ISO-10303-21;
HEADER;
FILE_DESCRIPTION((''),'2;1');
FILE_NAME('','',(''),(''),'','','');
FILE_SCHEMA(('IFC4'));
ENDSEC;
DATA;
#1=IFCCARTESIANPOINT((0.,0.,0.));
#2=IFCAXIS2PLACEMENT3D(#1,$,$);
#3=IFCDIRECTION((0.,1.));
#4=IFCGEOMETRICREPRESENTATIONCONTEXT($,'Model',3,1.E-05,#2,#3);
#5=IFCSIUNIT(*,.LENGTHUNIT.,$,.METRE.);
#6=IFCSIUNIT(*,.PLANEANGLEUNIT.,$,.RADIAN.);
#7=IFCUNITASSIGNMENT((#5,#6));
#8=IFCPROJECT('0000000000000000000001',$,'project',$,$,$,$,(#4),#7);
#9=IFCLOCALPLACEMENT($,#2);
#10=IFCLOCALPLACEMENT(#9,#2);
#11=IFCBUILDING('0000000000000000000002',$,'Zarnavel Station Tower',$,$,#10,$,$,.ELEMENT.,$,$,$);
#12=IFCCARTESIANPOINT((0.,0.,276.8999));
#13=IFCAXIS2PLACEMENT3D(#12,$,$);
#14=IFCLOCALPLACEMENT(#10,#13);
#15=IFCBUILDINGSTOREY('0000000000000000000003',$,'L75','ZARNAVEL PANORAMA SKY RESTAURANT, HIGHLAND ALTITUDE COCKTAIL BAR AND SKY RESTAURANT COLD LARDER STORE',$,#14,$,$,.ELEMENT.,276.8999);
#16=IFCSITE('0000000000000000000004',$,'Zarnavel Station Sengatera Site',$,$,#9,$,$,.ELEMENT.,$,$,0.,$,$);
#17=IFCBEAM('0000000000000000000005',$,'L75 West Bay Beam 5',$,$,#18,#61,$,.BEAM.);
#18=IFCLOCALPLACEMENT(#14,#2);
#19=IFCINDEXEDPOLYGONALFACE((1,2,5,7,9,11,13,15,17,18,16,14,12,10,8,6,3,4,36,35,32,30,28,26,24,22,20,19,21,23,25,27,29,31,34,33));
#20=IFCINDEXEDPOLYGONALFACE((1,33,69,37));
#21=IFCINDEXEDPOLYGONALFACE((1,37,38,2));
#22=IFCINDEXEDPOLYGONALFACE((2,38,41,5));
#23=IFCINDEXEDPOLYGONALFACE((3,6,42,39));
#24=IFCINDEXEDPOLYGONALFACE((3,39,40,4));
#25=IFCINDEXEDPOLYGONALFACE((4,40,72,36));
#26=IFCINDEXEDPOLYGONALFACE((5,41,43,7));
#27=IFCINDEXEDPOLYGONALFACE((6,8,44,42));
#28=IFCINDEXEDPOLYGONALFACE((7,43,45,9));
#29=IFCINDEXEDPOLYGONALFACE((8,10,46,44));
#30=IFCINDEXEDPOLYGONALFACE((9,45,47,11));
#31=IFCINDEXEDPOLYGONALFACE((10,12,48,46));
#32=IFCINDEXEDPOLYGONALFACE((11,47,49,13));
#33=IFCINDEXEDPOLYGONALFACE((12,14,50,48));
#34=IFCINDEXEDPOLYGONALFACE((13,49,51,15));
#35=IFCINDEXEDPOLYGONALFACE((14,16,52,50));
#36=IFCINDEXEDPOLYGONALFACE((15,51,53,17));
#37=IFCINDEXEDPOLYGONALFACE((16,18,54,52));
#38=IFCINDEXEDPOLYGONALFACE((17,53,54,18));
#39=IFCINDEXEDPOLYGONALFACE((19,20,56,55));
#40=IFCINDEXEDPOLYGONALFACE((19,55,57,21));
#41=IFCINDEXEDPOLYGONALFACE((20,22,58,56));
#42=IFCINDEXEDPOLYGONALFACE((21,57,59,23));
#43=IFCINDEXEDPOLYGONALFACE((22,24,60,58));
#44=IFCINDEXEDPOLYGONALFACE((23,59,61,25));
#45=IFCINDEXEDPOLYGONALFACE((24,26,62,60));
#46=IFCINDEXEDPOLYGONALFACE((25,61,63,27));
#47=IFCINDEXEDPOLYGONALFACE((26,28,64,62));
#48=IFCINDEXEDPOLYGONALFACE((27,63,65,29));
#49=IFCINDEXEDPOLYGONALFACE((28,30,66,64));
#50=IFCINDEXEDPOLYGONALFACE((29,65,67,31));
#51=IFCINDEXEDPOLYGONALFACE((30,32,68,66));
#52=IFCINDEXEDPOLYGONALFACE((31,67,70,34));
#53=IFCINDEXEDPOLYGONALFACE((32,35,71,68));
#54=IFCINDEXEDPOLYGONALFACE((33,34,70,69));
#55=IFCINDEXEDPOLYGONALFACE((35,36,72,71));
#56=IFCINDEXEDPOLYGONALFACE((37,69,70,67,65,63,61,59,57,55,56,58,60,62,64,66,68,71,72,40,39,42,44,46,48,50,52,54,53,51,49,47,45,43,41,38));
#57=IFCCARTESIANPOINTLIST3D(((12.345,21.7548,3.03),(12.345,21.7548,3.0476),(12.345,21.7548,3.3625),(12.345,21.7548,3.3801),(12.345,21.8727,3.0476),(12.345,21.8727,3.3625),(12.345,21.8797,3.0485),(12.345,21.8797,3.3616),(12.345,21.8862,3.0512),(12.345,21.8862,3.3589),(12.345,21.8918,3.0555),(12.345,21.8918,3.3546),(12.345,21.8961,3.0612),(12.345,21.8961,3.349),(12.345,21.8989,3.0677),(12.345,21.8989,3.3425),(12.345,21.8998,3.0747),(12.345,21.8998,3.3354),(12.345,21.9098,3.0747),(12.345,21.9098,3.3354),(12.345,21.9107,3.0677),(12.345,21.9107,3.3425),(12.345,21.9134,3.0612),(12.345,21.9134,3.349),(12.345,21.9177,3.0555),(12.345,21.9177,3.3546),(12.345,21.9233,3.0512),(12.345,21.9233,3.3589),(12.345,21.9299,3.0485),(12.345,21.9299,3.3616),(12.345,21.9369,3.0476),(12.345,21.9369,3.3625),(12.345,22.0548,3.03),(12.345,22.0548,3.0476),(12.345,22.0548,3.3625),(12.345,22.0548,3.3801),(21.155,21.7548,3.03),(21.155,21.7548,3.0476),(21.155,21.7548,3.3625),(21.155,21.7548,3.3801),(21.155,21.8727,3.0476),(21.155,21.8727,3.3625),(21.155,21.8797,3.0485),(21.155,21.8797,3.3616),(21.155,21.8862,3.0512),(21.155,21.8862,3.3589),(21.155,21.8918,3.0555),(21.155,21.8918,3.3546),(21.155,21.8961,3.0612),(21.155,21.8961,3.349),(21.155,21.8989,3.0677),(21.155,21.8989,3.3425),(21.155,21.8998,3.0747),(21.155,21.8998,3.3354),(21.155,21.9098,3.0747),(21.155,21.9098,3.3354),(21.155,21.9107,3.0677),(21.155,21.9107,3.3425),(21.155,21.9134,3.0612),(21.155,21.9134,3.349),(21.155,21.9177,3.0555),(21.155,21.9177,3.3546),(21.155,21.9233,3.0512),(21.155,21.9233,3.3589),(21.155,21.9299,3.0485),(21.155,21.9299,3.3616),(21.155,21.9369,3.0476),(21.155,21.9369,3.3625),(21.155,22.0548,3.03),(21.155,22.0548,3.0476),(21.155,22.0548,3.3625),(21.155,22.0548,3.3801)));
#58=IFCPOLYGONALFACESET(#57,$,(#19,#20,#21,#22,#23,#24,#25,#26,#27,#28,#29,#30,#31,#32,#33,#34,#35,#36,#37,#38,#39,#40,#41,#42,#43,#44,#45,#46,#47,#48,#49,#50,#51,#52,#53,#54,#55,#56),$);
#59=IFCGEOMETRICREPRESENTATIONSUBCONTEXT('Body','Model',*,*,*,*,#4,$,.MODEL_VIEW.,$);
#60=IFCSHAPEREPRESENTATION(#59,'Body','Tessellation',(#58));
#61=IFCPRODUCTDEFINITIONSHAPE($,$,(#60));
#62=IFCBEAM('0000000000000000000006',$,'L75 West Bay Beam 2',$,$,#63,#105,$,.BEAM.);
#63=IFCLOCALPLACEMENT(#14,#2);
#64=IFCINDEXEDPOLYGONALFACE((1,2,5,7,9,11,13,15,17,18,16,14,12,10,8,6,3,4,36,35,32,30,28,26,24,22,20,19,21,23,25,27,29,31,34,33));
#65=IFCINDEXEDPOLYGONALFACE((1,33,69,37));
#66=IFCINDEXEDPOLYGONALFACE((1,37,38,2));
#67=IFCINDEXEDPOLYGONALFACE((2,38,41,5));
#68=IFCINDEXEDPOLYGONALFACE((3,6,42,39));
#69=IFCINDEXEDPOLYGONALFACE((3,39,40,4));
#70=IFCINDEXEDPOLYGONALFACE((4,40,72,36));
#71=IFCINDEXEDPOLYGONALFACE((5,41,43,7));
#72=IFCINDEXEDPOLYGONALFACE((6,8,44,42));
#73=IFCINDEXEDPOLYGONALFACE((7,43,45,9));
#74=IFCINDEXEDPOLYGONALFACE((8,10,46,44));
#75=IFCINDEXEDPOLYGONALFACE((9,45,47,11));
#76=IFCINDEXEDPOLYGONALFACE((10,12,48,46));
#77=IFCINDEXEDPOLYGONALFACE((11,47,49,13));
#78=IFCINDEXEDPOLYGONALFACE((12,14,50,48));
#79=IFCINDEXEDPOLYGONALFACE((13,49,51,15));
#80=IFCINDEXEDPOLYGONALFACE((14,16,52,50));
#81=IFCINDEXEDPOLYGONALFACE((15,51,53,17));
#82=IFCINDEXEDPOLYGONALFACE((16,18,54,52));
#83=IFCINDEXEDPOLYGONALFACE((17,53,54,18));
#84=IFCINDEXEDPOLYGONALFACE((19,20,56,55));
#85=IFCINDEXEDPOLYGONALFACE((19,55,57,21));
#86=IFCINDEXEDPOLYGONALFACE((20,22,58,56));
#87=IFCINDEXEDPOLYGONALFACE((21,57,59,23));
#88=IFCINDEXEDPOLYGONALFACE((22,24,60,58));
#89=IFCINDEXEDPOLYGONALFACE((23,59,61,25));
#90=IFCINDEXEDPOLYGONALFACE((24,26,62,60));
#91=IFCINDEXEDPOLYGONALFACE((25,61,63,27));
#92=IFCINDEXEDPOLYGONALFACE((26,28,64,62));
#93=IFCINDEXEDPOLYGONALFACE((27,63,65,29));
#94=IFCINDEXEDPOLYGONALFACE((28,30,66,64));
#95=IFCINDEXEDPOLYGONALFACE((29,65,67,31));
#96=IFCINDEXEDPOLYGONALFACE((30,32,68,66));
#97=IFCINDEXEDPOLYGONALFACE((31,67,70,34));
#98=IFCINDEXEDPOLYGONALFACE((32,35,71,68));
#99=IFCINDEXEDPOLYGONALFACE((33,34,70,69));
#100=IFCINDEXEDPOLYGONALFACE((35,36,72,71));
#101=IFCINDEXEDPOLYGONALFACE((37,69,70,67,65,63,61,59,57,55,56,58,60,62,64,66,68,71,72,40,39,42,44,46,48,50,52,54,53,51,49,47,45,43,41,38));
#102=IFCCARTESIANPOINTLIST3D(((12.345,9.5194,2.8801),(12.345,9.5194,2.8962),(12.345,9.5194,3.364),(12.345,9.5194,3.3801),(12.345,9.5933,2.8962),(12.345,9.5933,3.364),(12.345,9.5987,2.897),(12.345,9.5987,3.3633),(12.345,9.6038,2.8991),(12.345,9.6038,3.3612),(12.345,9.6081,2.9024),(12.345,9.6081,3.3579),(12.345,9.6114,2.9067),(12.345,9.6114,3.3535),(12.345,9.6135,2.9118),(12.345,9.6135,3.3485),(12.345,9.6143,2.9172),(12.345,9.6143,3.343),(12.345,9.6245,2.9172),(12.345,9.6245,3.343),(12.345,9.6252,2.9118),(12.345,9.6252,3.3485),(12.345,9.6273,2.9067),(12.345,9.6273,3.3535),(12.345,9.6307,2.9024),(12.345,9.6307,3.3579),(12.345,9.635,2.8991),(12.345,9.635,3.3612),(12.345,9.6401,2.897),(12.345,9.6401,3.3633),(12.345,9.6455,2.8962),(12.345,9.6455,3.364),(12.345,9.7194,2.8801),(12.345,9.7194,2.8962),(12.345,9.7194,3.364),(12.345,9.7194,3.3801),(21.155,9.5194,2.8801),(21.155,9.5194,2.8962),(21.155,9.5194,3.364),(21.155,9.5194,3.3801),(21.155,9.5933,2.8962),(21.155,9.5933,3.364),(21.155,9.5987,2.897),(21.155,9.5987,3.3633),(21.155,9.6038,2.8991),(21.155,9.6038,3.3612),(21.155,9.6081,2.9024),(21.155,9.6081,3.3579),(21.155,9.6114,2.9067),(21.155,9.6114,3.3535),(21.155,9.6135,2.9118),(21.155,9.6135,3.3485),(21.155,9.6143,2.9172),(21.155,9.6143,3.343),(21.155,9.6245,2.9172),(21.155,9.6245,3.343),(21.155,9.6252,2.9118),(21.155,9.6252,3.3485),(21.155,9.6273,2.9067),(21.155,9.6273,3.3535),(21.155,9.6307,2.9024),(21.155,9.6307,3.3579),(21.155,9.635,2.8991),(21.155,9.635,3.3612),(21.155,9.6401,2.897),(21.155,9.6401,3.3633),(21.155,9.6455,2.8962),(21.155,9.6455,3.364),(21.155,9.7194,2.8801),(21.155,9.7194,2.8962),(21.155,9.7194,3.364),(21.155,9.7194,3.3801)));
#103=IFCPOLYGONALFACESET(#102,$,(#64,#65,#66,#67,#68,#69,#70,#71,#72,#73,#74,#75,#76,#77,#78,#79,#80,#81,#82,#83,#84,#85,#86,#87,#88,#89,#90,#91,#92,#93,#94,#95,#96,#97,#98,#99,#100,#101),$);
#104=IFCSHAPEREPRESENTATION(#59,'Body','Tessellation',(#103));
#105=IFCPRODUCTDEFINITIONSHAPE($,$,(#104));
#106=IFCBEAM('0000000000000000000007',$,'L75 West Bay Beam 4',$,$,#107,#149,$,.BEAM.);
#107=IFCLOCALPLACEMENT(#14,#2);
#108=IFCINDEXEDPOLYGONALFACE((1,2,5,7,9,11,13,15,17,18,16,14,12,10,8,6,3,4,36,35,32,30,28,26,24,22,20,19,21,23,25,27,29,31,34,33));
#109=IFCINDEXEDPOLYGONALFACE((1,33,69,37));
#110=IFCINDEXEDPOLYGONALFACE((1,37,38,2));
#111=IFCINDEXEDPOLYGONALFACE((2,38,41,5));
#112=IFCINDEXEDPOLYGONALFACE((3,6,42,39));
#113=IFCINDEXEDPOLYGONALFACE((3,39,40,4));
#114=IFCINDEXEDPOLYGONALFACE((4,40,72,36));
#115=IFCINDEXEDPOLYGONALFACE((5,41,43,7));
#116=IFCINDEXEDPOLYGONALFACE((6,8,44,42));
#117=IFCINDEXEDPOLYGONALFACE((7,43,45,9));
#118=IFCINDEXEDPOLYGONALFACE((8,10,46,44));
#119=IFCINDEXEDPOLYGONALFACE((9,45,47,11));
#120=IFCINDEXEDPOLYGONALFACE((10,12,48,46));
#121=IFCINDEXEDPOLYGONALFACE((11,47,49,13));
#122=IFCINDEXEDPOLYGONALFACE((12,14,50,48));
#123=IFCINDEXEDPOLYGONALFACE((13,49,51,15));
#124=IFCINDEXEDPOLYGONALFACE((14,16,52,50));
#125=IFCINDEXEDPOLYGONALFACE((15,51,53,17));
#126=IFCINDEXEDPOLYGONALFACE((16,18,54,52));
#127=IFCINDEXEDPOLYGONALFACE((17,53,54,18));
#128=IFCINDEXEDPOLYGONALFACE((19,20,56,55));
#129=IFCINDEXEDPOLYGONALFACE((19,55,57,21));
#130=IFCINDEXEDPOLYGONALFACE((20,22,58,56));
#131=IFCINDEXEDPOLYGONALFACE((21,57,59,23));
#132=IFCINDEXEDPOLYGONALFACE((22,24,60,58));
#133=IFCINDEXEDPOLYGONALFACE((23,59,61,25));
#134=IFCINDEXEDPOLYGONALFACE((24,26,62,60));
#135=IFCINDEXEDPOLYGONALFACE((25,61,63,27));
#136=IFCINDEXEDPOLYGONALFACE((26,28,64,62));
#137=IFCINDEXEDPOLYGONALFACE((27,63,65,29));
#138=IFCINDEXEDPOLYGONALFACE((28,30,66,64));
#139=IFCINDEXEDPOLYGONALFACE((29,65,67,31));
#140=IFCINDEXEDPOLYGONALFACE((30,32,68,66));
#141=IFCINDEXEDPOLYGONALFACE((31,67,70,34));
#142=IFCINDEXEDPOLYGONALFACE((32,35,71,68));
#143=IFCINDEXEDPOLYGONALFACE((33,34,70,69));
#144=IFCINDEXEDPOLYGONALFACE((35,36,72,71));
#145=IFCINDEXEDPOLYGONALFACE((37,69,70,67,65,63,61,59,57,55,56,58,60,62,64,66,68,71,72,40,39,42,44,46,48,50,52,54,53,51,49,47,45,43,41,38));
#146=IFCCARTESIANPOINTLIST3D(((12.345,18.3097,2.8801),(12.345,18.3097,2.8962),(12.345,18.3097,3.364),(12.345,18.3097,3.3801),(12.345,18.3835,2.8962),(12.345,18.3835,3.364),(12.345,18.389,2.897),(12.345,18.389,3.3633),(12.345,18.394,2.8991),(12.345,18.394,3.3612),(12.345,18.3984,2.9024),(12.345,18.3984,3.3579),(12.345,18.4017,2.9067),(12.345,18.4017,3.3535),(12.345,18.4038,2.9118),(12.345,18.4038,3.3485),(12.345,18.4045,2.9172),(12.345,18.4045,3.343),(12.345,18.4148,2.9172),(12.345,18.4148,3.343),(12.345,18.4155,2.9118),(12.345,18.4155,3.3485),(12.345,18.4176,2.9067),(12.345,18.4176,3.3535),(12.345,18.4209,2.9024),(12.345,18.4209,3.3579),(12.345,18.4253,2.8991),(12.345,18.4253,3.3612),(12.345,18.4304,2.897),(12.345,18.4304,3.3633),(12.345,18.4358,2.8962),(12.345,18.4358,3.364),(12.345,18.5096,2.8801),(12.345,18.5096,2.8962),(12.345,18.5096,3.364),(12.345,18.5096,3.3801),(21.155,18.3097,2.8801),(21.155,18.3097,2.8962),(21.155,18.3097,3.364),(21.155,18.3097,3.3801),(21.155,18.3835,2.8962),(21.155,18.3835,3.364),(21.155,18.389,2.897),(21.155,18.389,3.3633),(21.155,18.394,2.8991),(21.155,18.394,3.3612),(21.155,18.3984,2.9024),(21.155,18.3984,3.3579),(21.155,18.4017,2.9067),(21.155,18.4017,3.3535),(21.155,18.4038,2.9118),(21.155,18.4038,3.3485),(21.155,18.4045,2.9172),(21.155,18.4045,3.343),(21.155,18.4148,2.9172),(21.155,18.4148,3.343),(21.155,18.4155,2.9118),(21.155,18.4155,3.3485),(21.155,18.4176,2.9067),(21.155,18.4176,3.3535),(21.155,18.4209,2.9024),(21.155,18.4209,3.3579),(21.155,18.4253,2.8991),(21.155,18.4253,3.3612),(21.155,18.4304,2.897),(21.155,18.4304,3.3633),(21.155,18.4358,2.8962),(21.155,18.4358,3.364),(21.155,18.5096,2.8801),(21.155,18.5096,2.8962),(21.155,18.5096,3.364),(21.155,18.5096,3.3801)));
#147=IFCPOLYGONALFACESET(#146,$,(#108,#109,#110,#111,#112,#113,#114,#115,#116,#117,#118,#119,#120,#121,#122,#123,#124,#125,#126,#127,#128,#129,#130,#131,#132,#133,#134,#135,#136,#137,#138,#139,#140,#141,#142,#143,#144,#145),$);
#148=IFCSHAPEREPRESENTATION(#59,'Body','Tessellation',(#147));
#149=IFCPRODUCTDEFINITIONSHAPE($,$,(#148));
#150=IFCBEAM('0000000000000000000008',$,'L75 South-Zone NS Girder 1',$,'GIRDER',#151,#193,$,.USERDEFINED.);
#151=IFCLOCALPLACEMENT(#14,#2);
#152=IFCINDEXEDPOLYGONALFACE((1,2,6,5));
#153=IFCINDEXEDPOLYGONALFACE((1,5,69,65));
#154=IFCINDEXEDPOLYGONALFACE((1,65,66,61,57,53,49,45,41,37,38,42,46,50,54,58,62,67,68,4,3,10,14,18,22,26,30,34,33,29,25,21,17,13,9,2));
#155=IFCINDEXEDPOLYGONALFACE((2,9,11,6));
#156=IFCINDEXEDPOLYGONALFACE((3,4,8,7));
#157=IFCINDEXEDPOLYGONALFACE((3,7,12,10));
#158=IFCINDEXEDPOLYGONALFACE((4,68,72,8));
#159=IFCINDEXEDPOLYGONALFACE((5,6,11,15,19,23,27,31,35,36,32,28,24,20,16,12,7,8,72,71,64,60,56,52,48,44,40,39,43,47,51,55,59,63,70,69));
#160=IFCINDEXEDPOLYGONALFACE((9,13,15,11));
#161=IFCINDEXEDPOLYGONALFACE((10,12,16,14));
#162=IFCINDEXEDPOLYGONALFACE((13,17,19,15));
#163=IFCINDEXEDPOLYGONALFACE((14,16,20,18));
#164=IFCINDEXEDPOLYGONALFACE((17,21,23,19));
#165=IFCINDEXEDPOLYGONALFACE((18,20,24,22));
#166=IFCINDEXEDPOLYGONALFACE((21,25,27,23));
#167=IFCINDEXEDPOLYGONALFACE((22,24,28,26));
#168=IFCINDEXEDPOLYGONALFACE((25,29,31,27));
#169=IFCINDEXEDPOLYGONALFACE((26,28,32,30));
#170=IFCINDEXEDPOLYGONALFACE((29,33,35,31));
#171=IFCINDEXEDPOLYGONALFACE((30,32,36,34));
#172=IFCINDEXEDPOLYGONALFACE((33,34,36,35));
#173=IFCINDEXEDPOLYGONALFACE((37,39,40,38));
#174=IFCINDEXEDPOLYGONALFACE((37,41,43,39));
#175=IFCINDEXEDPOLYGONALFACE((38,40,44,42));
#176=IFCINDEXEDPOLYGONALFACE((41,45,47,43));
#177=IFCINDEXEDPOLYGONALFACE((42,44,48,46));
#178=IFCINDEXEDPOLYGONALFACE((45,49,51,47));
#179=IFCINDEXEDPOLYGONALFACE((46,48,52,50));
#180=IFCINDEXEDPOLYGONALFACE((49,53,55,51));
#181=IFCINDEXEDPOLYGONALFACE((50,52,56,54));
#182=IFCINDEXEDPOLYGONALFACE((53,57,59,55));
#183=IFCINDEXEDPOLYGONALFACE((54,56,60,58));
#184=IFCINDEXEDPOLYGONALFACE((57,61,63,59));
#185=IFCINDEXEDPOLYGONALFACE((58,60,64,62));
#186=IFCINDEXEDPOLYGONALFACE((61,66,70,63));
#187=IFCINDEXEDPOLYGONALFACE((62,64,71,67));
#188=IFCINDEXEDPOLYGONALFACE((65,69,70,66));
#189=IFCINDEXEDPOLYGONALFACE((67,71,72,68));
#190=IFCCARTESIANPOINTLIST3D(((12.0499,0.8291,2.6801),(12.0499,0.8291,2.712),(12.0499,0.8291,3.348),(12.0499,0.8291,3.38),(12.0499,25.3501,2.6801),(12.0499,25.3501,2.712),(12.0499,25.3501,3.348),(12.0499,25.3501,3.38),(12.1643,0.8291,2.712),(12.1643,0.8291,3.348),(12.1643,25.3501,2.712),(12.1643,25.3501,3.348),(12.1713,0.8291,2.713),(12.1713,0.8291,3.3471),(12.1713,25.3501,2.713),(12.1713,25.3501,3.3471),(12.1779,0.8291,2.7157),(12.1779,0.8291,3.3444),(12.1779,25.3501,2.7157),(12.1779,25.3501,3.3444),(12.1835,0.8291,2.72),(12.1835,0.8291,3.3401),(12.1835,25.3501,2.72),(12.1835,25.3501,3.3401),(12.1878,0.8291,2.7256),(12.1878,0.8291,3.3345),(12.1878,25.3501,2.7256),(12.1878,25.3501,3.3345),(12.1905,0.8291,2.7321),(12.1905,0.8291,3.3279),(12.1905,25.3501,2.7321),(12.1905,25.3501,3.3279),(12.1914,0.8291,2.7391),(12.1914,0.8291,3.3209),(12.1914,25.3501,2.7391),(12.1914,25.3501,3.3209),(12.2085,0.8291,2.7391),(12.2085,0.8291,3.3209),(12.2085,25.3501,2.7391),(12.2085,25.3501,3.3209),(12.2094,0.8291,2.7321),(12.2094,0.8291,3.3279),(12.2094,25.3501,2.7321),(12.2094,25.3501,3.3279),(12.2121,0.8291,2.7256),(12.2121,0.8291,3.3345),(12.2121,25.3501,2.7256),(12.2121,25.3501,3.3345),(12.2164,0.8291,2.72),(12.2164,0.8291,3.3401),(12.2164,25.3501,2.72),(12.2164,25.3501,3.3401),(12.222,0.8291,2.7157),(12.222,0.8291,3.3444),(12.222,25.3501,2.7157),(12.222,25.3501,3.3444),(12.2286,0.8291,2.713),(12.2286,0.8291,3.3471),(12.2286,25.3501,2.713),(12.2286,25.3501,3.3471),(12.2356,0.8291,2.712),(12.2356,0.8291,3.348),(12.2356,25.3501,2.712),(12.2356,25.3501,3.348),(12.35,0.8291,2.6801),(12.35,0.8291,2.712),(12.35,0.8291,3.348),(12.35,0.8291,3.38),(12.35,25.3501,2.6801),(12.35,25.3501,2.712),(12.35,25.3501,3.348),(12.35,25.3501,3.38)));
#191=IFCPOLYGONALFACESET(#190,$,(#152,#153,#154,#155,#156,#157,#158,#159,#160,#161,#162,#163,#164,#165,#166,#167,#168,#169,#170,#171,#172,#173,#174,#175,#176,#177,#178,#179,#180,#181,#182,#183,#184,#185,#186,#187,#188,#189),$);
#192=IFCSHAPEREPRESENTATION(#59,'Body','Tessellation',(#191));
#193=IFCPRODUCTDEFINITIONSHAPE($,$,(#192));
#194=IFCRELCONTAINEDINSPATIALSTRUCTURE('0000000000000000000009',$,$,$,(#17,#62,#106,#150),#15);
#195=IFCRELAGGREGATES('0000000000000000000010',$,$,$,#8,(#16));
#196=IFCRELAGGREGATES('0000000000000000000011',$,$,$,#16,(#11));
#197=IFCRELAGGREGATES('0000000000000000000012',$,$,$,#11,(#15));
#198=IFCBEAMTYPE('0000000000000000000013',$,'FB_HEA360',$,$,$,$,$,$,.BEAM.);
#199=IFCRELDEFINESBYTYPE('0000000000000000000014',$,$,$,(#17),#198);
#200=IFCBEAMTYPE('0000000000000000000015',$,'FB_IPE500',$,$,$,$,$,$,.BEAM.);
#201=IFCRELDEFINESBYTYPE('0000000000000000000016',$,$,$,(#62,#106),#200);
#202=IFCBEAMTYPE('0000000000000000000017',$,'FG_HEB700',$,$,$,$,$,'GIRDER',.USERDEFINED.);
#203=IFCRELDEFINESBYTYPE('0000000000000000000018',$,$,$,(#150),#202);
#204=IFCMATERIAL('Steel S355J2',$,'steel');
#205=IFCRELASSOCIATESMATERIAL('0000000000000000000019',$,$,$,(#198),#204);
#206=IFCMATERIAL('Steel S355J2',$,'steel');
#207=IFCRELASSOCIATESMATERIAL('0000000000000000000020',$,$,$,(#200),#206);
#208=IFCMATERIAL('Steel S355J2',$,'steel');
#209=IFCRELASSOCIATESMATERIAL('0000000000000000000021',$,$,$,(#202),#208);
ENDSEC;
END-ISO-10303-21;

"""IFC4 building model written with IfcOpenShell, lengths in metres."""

from ifc_helpers import new_model, si_unit, direction, frame, origin, origin_2d, place, context, subcontext, project, spatial, i_section, extrude, material, material_profile, profile_set, type_object, element, save


model = new_model("IFC4")

# Units and contexts
model_context = context("Model", 3, precision=1e-05, world=origin(), true_north=direction((0.0, 1.0)))
body_context = subcontext(model_context, "Body", "Model", "MODEL_VIEW")
ifc_project = project(units=[si_unit("LENGTHUNIT", "METRE"), si_unit("PLANEANGLEUNIT", "RADIAN")], contexts=[model_context])

# Site, building, storey
site_placement = place(None, origin())
site = spatial("IfcSite", under=ifc_project, at=site_placement, Name="Zarnavel Station Sengatera Site", CompositionType="ELEMENT", RefElevation=0.0)
building_placement = place(site_placement, origin())
building = spatial("IfcBuilding", under=site, at=building_placement, Name="Zarnavel Station Tower", CompositionType="ELEMENT")
storey_placement = place(building_placement, frame((0.0, 0.0, 276.8999)))
storey = spatial("IfcBuildingStorey", under=building, at=storey_placement, Name="L75", Description="ZARNAVEL PANORAMA SKY RESTAURANT, HIGHLAND ALTITUDE COCKTAIL BAR AND SKY RESTAURANT COLD LARDER STORE", CompositionType="ELEMENT", Elevation=276.8999)

# Beams
ifc_material_1 = material(Name="Steel S355J2", Category="steel")
ifc_material_profile_1 = material_profile(ifc_material_1, i_section(OverallWidth=0.3, OverallDepth=0.3501, WebThickness=0.01, FlangeThickness=0.0176, FilletRadius=0.0271, at=origin_2d()), Name="HEA360")
ifc_profile_set_1 = profile_set([ifc_material_profile_1], Name="Steel S355J2")
beam_type_1 = type_object("IfcBeamType", Name="FB_HEA360", PredefinedType="BEAM", material=ifc_profile_set_1)
for number, where, z_axis, x_axis, name in (
    (1, (12.345, 21.9048, 3.2051), (1.0, 0.0, 0.0), (0.0, 1.0, 0.0), "L75 West Bay Beam 5"),
):
    element("IfcBeam", number, at=place(storey_placement, frame(where, z_axis=z_axis, x_axis=x_axis)), inside=storey, type_object=beam_type_1, Name=name, PredefinedType="BEAM", context=body_context, shape_type="SweptSolid", body=[
        extrude(i_section(OverallWidth=0.3, OverallDepth=0.3501, WebThickness=0.01, FlangeThickness=0.0176, FilletRadius=0.0271, at=origin_2d()), origin(), (0.0, 0.0, 1.0), 8.8101),
    ])
ifc_material_2 = material(Name="Steel S355J2", Category="steel")
ifc_material_profile_2 = material_profile(ifc_material_2, i_section(OverallWidth=0.2, OverallDepth=0.5, WebThickness=0.0103, FlangeThickness=0.0161, FilletRadius=0.021, at=origin_2d()), Name="IPE500")
ifc_profile_set_2 = profile_set([ifc_material_profile_2], Name="Steel S355J2")
beam_type_2 = type_object("IfcBeamType", Name="FB_IPE500", PredefinedType="BEAM", material=ifc_profile_set_2)
for number, where, z_axis, x_axis, name in (
    (2, (12.345, 9.6194, 3.1301), (1.0, 0.0, 0.0), (0.0, 1.0, 0.0), "L75 West Bay Beam 2"),
    (3, (12.345, 18.4097, 3.1301), (1.0, 0.0, 0.0), (0.0, 1.0, 0.0), "L75 West Bay Beam 4"),
):
    element("IfcBeam", number, at=place(storey_placement, frame(where, z_axis=z_axis, x_axis=x_axis)), inside=storey, type_object=beam_type_2, Name=name, PredefinedType="BEAM", context=body_context, shape_type="SweptSolid", body=[
        extrude(i_section(OverallWidth=0.2, OverallDepth=0.5, WebThickness=0.0103, FlangeThickness=0.0161, FilletRadius=0.021, at=origin_2d()), origin(), (0.0, 0.0, 1.0), 8.8101),
    ])
ifc_material_3 = material(Name="Steel S355J2", Category="steel")
ifc_material_profile_3 = material_profile(ifc_material_3, i_section(OverallWidth=0.3, OverallDepth=0.7, WebThickness=0.0171, FlangeThickness=0.032, FilletRadius=0.0271, at=origin_2d()), Name="HEB700")
ifc_profile_set_3 = profile_set([ifc_material_profile_3], Name="Steel S355J2")
beam_type_3 = type_object("IfcBeamType", Name="FG_HEB700", ElementType="GIRDER", PredefinedType="USERDEFINED", material=ifc_profile_set_3)
for number, where, z_axis, x_axis, name in (
    (4, (12.2, 0.8291, 3.03), (0.0, 1.0, 0.0), (-1.0, 0.0, 0.0), "L75 South-Zone NS Girder 1"),
):
    element("IfcBeam", number, at=place(storey_placement, frame(where, z_axis=z_axis, x_axis=x_axis)), inside=storey, type_object=beam_type_3, Name=name, ObjectType="GIRDER", PredefinedType="USERDEFINED", context=body_context, shape_type="SweptSolid", body=[
        extrude(i_section(OverallWidth=0.3, OverallDepth=0.7, WebThickness=0.0171, FlangeThickness=0.032, FilletRadius=0.0271, at=origin_2d()), origin(), (0.0, 0.0, 1.0), 24.521),
    ])

save(model, "model.ifc")
